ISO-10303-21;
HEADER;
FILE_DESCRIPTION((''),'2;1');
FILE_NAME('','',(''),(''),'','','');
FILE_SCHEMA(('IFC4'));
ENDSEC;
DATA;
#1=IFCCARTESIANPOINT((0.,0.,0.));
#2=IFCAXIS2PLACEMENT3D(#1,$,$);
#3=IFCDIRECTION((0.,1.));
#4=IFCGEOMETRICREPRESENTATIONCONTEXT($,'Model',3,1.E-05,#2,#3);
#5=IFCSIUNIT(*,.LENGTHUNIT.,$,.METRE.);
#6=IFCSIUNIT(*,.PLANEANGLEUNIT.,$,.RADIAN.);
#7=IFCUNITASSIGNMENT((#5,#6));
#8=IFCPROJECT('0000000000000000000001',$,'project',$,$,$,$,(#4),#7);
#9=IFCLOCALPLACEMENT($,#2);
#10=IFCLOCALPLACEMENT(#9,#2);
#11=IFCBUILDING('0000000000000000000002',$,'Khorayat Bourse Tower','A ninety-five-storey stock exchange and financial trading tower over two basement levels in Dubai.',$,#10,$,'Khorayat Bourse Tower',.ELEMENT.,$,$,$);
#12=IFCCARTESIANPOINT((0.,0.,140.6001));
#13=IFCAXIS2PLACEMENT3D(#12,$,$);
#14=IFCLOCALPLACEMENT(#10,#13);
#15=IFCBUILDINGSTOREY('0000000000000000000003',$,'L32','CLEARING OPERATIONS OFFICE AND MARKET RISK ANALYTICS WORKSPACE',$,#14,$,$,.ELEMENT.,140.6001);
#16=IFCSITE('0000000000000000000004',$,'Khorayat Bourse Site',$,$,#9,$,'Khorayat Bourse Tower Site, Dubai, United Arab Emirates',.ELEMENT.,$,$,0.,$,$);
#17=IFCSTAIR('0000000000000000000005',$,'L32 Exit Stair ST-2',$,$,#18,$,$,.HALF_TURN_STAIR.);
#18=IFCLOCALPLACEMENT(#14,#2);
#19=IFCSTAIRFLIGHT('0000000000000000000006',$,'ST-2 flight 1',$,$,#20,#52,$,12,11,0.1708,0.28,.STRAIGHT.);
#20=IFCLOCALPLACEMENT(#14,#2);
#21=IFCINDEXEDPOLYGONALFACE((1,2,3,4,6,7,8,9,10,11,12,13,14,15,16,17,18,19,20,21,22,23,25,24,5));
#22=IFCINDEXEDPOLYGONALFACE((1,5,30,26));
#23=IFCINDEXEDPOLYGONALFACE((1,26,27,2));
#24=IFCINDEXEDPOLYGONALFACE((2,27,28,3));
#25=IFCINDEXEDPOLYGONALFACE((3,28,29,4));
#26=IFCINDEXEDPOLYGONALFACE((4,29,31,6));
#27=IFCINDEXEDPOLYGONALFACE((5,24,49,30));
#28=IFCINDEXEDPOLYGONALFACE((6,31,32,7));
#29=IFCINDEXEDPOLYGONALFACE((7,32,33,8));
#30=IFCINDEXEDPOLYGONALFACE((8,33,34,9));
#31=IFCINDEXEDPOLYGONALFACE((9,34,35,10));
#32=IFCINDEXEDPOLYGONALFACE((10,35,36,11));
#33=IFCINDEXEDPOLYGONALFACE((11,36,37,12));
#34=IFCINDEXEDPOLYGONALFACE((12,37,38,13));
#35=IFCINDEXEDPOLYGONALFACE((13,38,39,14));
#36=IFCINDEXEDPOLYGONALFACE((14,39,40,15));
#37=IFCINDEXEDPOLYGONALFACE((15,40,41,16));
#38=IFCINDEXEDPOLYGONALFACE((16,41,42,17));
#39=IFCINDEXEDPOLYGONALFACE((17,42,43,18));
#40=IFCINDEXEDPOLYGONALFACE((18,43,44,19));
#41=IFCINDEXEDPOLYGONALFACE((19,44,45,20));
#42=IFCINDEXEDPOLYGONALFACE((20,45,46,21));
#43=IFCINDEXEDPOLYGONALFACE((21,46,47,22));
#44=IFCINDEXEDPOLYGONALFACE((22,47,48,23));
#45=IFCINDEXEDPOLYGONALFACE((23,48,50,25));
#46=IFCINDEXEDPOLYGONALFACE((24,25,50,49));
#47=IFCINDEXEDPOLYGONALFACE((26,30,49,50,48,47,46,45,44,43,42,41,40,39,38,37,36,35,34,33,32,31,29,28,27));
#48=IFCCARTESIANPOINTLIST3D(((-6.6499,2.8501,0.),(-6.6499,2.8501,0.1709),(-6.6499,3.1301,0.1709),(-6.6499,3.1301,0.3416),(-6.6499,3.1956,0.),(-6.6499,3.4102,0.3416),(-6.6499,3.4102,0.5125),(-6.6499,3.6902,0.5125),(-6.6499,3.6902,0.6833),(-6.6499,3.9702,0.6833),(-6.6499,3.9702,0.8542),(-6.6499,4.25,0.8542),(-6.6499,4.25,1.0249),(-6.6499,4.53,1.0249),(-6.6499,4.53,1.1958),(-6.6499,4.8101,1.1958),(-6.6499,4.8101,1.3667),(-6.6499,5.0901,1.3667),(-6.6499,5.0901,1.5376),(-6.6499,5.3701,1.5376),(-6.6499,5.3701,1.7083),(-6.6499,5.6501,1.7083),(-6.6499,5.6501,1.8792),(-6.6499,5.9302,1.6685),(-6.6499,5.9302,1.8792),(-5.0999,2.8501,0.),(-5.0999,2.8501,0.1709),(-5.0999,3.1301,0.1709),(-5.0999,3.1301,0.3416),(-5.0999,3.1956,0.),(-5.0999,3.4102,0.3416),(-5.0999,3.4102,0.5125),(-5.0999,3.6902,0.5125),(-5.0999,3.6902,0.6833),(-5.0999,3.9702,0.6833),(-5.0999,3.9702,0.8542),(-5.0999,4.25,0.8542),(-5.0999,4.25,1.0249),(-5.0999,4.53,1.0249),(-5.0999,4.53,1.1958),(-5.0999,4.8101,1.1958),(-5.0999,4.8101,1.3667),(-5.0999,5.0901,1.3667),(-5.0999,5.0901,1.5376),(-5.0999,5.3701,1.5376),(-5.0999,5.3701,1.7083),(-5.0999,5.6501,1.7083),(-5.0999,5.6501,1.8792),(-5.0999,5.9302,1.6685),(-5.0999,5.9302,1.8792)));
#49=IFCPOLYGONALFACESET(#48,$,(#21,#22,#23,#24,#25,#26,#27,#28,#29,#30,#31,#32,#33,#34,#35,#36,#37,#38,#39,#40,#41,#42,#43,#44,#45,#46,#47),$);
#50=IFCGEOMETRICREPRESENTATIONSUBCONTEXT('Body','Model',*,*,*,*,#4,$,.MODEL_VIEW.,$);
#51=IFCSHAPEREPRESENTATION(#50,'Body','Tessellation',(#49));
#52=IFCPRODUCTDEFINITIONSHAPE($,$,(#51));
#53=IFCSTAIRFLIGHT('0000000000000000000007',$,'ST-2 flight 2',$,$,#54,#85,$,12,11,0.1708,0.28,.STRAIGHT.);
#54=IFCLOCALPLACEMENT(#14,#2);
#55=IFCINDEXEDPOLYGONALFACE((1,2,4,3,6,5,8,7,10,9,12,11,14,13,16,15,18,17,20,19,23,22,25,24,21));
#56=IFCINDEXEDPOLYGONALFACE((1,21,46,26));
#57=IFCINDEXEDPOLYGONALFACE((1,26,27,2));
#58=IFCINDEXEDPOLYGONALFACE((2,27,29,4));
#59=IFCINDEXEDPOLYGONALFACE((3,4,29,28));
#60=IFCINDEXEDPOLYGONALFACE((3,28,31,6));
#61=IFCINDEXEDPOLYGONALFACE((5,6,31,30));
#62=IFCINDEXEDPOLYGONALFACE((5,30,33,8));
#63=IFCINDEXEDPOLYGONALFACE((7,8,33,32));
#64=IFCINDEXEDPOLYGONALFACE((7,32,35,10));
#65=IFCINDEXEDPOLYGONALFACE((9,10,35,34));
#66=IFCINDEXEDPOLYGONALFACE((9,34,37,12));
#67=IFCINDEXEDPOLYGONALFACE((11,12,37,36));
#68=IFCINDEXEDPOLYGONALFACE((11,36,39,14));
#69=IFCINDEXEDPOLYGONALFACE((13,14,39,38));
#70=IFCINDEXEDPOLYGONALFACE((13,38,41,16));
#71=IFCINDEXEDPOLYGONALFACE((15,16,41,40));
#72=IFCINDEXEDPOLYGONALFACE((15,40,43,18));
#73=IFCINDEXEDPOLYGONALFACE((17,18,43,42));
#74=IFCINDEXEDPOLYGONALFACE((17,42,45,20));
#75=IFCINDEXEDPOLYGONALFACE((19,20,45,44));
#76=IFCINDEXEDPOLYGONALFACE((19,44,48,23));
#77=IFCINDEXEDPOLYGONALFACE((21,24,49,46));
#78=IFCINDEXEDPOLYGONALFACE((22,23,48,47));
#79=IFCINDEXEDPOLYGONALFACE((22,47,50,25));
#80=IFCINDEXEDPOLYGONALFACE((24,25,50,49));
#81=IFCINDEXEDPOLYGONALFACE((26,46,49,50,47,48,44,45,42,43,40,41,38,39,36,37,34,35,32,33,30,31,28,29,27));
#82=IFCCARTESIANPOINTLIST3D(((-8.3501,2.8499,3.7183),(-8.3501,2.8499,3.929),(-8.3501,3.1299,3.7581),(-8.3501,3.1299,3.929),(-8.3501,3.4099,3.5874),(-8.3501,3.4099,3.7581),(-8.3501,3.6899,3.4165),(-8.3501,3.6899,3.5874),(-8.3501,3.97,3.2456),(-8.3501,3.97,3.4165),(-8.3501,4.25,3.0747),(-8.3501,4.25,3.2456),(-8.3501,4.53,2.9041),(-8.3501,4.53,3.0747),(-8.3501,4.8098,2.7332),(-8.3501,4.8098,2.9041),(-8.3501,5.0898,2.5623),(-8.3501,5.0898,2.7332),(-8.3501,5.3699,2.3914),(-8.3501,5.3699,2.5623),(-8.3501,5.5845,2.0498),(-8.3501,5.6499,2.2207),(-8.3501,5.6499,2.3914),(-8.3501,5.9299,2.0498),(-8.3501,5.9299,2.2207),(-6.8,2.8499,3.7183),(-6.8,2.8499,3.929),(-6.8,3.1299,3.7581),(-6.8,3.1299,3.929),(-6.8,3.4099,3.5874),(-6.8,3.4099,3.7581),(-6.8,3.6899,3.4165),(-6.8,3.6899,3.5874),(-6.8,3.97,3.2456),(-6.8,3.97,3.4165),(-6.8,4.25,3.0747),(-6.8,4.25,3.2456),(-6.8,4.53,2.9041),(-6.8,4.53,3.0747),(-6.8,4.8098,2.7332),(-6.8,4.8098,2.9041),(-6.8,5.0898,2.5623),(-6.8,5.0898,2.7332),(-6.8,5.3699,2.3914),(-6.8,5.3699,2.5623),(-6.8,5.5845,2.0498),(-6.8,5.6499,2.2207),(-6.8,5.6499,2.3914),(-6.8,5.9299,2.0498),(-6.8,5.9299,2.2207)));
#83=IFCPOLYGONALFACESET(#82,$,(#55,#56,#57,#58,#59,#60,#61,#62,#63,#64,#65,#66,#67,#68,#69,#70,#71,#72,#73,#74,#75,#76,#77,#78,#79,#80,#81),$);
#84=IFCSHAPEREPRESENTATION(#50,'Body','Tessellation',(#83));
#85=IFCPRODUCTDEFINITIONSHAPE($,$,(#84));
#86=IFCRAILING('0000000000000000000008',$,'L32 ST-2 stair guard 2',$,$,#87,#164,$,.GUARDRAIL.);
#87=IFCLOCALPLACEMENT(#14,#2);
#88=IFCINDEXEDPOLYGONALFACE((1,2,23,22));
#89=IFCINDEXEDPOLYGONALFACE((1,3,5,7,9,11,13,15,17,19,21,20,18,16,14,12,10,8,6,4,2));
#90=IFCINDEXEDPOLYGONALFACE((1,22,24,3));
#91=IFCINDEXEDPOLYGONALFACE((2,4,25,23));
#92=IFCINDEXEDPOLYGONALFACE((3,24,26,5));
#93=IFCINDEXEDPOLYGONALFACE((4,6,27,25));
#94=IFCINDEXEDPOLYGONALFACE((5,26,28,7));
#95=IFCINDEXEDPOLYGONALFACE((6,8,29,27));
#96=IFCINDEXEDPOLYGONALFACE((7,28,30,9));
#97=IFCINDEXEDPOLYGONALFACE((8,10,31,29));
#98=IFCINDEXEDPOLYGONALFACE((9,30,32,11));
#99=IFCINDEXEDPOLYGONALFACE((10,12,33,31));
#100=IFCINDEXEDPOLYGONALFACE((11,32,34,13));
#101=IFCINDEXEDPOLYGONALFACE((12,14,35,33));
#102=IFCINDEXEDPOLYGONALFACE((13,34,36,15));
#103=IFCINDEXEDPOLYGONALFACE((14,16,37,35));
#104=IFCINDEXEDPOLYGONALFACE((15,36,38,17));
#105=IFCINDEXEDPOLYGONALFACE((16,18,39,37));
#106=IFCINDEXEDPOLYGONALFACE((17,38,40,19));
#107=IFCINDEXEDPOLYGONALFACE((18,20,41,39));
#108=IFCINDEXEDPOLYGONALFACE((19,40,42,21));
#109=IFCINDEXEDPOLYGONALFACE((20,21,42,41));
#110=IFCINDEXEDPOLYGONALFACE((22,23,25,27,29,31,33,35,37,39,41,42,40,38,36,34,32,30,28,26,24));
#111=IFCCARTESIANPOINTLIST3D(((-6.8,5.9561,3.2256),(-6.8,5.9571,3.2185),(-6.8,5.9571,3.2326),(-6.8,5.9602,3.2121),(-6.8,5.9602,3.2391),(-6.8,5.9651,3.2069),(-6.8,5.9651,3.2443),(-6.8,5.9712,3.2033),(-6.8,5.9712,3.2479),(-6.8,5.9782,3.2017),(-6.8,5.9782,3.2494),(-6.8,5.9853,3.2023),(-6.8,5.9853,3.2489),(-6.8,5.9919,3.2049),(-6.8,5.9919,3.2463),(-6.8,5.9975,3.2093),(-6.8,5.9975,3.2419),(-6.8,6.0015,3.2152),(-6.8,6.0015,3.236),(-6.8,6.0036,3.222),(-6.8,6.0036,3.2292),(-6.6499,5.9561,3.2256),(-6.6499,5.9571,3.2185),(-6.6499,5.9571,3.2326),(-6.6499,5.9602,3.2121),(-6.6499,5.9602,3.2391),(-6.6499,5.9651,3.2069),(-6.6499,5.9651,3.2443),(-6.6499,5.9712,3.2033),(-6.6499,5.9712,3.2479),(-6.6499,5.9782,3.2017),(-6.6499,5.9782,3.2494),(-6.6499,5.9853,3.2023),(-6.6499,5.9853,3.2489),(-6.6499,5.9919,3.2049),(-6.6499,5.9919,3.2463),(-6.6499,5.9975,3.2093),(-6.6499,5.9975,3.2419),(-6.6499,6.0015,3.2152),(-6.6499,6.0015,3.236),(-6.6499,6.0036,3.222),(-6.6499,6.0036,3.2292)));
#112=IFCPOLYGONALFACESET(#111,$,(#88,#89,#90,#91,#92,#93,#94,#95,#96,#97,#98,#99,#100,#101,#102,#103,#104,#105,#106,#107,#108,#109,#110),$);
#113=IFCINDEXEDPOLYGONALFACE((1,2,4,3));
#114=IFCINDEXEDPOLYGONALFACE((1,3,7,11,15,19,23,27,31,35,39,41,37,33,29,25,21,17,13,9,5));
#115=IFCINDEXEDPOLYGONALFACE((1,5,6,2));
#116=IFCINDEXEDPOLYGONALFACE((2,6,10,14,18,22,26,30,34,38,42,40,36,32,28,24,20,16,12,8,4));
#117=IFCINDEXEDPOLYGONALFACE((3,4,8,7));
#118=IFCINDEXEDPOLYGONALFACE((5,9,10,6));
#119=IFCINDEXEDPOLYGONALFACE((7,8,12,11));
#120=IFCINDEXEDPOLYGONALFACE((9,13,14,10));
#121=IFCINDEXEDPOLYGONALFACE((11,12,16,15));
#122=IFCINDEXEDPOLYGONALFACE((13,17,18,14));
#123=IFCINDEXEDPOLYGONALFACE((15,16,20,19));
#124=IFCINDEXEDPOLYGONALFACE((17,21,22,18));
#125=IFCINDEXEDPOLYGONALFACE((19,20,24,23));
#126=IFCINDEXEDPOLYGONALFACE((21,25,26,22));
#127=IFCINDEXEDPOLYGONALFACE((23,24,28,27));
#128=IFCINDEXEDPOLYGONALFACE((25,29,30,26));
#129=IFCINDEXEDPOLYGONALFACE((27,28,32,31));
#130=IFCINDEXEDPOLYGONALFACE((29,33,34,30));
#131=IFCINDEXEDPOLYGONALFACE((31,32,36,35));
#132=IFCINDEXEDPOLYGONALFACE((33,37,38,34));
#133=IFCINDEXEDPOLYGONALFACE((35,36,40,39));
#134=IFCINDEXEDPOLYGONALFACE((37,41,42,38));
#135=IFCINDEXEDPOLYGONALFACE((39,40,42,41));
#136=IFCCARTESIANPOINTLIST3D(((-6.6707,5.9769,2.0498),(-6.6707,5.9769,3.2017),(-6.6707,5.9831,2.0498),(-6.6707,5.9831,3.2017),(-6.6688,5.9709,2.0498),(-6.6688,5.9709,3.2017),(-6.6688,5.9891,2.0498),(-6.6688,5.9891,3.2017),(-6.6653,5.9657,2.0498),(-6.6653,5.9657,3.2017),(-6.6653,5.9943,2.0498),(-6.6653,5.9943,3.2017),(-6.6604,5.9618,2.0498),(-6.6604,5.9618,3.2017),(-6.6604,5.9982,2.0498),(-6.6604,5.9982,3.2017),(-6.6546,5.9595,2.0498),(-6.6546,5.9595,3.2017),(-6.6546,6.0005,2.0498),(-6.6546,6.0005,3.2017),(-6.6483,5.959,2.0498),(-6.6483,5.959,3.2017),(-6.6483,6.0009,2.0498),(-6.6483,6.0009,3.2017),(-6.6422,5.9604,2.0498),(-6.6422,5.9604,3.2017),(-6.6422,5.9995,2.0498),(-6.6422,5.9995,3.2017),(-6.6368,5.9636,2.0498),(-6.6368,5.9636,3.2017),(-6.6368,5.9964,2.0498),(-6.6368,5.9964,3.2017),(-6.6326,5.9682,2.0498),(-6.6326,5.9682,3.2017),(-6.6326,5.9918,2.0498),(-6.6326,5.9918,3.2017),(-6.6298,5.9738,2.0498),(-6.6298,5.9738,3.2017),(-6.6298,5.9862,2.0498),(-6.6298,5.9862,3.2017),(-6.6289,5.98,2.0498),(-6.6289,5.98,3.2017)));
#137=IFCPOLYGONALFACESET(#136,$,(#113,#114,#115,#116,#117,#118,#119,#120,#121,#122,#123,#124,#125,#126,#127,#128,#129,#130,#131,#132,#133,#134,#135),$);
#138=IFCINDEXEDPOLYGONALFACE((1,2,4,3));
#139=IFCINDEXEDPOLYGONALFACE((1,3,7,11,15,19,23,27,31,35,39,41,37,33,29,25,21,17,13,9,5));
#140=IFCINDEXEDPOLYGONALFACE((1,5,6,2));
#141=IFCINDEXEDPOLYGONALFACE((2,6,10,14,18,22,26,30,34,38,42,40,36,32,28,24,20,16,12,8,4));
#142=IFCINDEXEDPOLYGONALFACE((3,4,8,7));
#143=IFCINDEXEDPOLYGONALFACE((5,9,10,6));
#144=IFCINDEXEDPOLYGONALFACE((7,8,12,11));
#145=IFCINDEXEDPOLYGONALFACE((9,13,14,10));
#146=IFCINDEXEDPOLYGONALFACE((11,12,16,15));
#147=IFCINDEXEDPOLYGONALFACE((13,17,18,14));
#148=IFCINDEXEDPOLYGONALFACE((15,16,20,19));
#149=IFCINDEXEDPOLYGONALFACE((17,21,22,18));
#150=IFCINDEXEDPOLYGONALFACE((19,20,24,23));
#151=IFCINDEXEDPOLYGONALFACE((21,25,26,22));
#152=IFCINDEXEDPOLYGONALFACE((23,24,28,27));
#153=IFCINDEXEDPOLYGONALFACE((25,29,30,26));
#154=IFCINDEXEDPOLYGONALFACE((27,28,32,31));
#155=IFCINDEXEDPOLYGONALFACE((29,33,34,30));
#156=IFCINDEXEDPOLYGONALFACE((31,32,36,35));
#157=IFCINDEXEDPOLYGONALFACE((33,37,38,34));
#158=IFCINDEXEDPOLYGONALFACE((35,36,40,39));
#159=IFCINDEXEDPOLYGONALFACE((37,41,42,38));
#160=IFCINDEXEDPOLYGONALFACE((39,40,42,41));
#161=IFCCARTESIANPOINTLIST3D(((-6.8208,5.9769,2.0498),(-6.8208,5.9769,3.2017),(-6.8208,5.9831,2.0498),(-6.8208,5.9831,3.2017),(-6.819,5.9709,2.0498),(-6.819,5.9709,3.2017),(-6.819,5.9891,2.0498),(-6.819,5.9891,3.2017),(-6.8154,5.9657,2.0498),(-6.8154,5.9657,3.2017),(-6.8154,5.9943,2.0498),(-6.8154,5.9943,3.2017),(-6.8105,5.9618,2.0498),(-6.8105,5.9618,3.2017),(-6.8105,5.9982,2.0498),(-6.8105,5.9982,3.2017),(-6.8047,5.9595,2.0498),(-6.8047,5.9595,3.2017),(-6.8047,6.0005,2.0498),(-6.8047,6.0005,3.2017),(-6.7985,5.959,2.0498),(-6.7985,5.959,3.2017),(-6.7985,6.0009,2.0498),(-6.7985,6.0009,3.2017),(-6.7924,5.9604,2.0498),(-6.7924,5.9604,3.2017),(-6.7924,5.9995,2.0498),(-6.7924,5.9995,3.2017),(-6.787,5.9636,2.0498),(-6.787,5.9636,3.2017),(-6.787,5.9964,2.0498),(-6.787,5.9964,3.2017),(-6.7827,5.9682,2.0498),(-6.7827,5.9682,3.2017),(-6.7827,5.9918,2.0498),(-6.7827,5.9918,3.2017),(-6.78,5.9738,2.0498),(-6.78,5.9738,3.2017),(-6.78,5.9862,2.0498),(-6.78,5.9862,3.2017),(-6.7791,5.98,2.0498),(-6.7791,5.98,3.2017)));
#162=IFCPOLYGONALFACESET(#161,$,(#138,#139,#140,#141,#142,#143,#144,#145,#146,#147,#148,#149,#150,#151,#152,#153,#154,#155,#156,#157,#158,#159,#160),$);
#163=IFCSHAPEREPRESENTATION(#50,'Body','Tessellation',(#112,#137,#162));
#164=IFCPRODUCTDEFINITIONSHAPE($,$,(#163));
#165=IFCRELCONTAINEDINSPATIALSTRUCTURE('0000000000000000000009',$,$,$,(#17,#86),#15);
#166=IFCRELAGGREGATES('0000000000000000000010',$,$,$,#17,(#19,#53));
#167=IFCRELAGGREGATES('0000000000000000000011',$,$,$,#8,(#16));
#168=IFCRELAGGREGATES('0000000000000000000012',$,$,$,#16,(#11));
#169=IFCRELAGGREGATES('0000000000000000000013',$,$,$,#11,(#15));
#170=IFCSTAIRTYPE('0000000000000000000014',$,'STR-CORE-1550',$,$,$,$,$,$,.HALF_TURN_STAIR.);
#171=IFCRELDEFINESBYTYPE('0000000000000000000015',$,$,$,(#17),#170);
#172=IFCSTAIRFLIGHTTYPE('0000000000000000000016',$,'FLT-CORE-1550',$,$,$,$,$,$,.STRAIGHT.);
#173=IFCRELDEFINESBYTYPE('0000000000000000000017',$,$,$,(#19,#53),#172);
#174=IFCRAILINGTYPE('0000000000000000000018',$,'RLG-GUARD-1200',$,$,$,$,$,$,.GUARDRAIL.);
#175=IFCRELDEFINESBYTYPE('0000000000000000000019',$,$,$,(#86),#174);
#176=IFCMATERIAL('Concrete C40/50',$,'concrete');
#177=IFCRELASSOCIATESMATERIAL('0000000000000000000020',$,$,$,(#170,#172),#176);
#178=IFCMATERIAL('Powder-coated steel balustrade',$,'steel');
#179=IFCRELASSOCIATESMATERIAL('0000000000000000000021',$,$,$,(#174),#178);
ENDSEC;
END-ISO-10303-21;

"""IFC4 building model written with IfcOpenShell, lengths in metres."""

from ifc_helpers import new_model, si_unit, direction, frame, origin, origin_2d, place, context, subcontext, project, spatial, polyline, circle, outline, extrude, source, transform, mapped, material, type_object, element, aggregate, save


model = new_model("IFC4")

# Units and contexts
model_context = context("Model", 3, precision=1e-05, world=origin(), true_north=direction((0.0, 1.0)))
body_context = subcontext(model_context, "Body", "Model", "MODEL_VIEW")
ifc_project = project(units=[si_unit("LENGTHUNIT", "METRE"), si_unit("PLANEANGLEUNIT", "RADIAN")], contexts=[model_context])

# Site, building, storey
site_placement = place(None, origin())
site = spatial("IfcSite", under=ifc_project, at=site_placement, Name="Khorayat Bourse Site", LongName="Khorayat Bourse Tower Site, Dubai, United Arab Emirates", CompositionType="ELEMENT", RefElevation=0.0)
building_placement = place(site_placement, origin())
building = spatial("IfcBuilding", under=site, at=building_placement, Name="Khorayat Bourse Tower", Description="A ninety-five-storey stock exchange and financial trading tower over two basement levels in Dubai.", LongName="Khorayat Bourse Tower", CompositionType="ELEMENT")
storey_placement = place(building_placement, frame((0.0, 0.0, 140.6001)))
storey = spatial("IfcBuildingStorey", under=building, at=storey_placement, Name="L32", Description="CLEARING OPERATIONS OFFICE AND MARKET RISK ANALYTICS WORKSPACE", CompositionType="ELEMENT", Elevation=140.6001)

# Stair, stair flights
ifc_material_1 = material(Name="Concrete C40/50", Category="concrete")
stair_type = type_object("IfcStairType", Name="STR-CORE-1550", PredefinedType="HALF_TURN_STAIR", material=ifc_material_1)
stair_placement = place(storey_placement, origin())
stair = element("IfcStair", 1, at=stair_placement, inside=storey, type_object=stair_type, Name="L32 Exit Stair ST-2", PredefinedType="HALF_TURN_STAIR")
stair_flight_type = type_object("IfcStairFlightType", Name="FLT-CORE-1550", PredefinedType="STRAIGHT", material=ifc_material_1)
shared_shape_1 = source(origin(), body_context, "Body", "SweptSolid", [
    extrude(outline(polyline([(0.0, 0.0), (0.0, 0.1709), (0.28, 0.1709), (0.28, 0.3416), (0.5601, 0.3416), (0.5601, 0.5125), (0.8401, 0.5125), (0.8401, 0.6833), (1.1201, 0.6833), (1.1201, 0.8542), (1.3999, 0.8542), (1.3999, 1.0249), (1.6799, 1.0249), (1.6799, 1.1958), (1.96, 1.1958), (1.96, 1.3667), (2.24, 1.3667), (2.24, 1.5376), (2.52, 1.5376), (2.52, 1.7083), (2.8, 1.7083), (2.8, 1.8792), (3.0801, 1.8792), (3.0801, 2.05), (3.0801, 1.6685), (0.3455, 0.0), (0.0, 0.0)])), frame((0.0, 0.7749, 0.0), z_axis=(0.0, -1.0, 0.0), x_axis=(1.0, 0.0, 0.0)), (0.0, 0.0, 1.0), 1.55),
])
stair_flight_1_placement = place(storey_placement, frame((-5.875, 2.8501, 0.0), z_axis=(0.0, 0.0, 1.0), x_axis=(0.0, 1.0, 0.0)))
stair_flight_1 = element("IfcStairFlight", 2, at=stair_flight_1_placement, type_object=stair_flight_type, Name="ST-2 flight 1", NumberOfRisers=12, NumberOfTreads=11, PredefinedType="STRAIGHT", RiserHeight=0.1708, TreadLength=0.28, context=body_context, shape_type="MappedRepresentation", body=[
    mapped(shared_shape_1, transform((0.0, 0.0, 0.0), scale=1.0)),
])
stair_flight_2_placement = place(storey_placement, frame((-7.575, 5.9299, 2.0498), z_axis=(0.0, 0.0, 1.0), x_axis=(0.0, -1.0, 0.0)))
stair_flight_2 = element("IfcStairFlight", 3, at=stair_flight_2_placement, type_object=stair_flight_type, Name="ST-2 flight 2", NumberOfRisers=12, NumberOfTreads=11, PredefinedType="STRAIGHT", RiserHeight=0.1708, TreadLength=0.28, context=body_context, shape_type="MappedRepresentation", body=[
    mapped(shared_shape_1, transform((0.0, 0.0, 0.0), scale=1.0)),
])
aggregate(stair, [stair_flight_1, stair_flight_2])

# Railing
ifc_material_2 = material(Name="Powder-coated steel balustrade", Category="steel")
railing_type_1 = type_object("IfcRailingType", Name="RLG-GUARD-1200", PredefinedType="GUARDRAIL", material=ifc_material_2)
shared_shape_2 = source(origin(), body_context, "Body", "SweptSolid", [
    extrude(circle(Radius=0.0239, at=origin_2d()), frame((0.0, 0.0, 1.1758), z_axis=(-1.0, 0.0, 0.0), x_axis=(0.0, -1.0, 0.0)), (0.0, 0.0, 1.0), 0.1501),
    extrude(circle(Radius=0.021, at=origin_2d()), origin(), (0.0, 0.0, 1.0), 1.1519),
    extrude(circle(Radius=0.021, at=origin_2d()), frame((-0.1501, 0.0, 0.0)), (0.0, 0.0, 1.0), 1.1519),
])
for number, where, name in (
    (4, (-6.6499, 5.98, 2.0498), "L32 ST-2 stair guard 2"),
):
    element("IfcRailing", number, at=place(storey_placement, frame(where)), inside=storey, type_object=railing_type_1, Name=name, PredefinedType="GUARDRAIL", context=body_context, shape_type="MappedRepresentation", body=[
        mapped(shared_shape_2, transform((0.0, 0.0, 0.0), scale=1.0)),
    ])

save(model, "model.ifc")
